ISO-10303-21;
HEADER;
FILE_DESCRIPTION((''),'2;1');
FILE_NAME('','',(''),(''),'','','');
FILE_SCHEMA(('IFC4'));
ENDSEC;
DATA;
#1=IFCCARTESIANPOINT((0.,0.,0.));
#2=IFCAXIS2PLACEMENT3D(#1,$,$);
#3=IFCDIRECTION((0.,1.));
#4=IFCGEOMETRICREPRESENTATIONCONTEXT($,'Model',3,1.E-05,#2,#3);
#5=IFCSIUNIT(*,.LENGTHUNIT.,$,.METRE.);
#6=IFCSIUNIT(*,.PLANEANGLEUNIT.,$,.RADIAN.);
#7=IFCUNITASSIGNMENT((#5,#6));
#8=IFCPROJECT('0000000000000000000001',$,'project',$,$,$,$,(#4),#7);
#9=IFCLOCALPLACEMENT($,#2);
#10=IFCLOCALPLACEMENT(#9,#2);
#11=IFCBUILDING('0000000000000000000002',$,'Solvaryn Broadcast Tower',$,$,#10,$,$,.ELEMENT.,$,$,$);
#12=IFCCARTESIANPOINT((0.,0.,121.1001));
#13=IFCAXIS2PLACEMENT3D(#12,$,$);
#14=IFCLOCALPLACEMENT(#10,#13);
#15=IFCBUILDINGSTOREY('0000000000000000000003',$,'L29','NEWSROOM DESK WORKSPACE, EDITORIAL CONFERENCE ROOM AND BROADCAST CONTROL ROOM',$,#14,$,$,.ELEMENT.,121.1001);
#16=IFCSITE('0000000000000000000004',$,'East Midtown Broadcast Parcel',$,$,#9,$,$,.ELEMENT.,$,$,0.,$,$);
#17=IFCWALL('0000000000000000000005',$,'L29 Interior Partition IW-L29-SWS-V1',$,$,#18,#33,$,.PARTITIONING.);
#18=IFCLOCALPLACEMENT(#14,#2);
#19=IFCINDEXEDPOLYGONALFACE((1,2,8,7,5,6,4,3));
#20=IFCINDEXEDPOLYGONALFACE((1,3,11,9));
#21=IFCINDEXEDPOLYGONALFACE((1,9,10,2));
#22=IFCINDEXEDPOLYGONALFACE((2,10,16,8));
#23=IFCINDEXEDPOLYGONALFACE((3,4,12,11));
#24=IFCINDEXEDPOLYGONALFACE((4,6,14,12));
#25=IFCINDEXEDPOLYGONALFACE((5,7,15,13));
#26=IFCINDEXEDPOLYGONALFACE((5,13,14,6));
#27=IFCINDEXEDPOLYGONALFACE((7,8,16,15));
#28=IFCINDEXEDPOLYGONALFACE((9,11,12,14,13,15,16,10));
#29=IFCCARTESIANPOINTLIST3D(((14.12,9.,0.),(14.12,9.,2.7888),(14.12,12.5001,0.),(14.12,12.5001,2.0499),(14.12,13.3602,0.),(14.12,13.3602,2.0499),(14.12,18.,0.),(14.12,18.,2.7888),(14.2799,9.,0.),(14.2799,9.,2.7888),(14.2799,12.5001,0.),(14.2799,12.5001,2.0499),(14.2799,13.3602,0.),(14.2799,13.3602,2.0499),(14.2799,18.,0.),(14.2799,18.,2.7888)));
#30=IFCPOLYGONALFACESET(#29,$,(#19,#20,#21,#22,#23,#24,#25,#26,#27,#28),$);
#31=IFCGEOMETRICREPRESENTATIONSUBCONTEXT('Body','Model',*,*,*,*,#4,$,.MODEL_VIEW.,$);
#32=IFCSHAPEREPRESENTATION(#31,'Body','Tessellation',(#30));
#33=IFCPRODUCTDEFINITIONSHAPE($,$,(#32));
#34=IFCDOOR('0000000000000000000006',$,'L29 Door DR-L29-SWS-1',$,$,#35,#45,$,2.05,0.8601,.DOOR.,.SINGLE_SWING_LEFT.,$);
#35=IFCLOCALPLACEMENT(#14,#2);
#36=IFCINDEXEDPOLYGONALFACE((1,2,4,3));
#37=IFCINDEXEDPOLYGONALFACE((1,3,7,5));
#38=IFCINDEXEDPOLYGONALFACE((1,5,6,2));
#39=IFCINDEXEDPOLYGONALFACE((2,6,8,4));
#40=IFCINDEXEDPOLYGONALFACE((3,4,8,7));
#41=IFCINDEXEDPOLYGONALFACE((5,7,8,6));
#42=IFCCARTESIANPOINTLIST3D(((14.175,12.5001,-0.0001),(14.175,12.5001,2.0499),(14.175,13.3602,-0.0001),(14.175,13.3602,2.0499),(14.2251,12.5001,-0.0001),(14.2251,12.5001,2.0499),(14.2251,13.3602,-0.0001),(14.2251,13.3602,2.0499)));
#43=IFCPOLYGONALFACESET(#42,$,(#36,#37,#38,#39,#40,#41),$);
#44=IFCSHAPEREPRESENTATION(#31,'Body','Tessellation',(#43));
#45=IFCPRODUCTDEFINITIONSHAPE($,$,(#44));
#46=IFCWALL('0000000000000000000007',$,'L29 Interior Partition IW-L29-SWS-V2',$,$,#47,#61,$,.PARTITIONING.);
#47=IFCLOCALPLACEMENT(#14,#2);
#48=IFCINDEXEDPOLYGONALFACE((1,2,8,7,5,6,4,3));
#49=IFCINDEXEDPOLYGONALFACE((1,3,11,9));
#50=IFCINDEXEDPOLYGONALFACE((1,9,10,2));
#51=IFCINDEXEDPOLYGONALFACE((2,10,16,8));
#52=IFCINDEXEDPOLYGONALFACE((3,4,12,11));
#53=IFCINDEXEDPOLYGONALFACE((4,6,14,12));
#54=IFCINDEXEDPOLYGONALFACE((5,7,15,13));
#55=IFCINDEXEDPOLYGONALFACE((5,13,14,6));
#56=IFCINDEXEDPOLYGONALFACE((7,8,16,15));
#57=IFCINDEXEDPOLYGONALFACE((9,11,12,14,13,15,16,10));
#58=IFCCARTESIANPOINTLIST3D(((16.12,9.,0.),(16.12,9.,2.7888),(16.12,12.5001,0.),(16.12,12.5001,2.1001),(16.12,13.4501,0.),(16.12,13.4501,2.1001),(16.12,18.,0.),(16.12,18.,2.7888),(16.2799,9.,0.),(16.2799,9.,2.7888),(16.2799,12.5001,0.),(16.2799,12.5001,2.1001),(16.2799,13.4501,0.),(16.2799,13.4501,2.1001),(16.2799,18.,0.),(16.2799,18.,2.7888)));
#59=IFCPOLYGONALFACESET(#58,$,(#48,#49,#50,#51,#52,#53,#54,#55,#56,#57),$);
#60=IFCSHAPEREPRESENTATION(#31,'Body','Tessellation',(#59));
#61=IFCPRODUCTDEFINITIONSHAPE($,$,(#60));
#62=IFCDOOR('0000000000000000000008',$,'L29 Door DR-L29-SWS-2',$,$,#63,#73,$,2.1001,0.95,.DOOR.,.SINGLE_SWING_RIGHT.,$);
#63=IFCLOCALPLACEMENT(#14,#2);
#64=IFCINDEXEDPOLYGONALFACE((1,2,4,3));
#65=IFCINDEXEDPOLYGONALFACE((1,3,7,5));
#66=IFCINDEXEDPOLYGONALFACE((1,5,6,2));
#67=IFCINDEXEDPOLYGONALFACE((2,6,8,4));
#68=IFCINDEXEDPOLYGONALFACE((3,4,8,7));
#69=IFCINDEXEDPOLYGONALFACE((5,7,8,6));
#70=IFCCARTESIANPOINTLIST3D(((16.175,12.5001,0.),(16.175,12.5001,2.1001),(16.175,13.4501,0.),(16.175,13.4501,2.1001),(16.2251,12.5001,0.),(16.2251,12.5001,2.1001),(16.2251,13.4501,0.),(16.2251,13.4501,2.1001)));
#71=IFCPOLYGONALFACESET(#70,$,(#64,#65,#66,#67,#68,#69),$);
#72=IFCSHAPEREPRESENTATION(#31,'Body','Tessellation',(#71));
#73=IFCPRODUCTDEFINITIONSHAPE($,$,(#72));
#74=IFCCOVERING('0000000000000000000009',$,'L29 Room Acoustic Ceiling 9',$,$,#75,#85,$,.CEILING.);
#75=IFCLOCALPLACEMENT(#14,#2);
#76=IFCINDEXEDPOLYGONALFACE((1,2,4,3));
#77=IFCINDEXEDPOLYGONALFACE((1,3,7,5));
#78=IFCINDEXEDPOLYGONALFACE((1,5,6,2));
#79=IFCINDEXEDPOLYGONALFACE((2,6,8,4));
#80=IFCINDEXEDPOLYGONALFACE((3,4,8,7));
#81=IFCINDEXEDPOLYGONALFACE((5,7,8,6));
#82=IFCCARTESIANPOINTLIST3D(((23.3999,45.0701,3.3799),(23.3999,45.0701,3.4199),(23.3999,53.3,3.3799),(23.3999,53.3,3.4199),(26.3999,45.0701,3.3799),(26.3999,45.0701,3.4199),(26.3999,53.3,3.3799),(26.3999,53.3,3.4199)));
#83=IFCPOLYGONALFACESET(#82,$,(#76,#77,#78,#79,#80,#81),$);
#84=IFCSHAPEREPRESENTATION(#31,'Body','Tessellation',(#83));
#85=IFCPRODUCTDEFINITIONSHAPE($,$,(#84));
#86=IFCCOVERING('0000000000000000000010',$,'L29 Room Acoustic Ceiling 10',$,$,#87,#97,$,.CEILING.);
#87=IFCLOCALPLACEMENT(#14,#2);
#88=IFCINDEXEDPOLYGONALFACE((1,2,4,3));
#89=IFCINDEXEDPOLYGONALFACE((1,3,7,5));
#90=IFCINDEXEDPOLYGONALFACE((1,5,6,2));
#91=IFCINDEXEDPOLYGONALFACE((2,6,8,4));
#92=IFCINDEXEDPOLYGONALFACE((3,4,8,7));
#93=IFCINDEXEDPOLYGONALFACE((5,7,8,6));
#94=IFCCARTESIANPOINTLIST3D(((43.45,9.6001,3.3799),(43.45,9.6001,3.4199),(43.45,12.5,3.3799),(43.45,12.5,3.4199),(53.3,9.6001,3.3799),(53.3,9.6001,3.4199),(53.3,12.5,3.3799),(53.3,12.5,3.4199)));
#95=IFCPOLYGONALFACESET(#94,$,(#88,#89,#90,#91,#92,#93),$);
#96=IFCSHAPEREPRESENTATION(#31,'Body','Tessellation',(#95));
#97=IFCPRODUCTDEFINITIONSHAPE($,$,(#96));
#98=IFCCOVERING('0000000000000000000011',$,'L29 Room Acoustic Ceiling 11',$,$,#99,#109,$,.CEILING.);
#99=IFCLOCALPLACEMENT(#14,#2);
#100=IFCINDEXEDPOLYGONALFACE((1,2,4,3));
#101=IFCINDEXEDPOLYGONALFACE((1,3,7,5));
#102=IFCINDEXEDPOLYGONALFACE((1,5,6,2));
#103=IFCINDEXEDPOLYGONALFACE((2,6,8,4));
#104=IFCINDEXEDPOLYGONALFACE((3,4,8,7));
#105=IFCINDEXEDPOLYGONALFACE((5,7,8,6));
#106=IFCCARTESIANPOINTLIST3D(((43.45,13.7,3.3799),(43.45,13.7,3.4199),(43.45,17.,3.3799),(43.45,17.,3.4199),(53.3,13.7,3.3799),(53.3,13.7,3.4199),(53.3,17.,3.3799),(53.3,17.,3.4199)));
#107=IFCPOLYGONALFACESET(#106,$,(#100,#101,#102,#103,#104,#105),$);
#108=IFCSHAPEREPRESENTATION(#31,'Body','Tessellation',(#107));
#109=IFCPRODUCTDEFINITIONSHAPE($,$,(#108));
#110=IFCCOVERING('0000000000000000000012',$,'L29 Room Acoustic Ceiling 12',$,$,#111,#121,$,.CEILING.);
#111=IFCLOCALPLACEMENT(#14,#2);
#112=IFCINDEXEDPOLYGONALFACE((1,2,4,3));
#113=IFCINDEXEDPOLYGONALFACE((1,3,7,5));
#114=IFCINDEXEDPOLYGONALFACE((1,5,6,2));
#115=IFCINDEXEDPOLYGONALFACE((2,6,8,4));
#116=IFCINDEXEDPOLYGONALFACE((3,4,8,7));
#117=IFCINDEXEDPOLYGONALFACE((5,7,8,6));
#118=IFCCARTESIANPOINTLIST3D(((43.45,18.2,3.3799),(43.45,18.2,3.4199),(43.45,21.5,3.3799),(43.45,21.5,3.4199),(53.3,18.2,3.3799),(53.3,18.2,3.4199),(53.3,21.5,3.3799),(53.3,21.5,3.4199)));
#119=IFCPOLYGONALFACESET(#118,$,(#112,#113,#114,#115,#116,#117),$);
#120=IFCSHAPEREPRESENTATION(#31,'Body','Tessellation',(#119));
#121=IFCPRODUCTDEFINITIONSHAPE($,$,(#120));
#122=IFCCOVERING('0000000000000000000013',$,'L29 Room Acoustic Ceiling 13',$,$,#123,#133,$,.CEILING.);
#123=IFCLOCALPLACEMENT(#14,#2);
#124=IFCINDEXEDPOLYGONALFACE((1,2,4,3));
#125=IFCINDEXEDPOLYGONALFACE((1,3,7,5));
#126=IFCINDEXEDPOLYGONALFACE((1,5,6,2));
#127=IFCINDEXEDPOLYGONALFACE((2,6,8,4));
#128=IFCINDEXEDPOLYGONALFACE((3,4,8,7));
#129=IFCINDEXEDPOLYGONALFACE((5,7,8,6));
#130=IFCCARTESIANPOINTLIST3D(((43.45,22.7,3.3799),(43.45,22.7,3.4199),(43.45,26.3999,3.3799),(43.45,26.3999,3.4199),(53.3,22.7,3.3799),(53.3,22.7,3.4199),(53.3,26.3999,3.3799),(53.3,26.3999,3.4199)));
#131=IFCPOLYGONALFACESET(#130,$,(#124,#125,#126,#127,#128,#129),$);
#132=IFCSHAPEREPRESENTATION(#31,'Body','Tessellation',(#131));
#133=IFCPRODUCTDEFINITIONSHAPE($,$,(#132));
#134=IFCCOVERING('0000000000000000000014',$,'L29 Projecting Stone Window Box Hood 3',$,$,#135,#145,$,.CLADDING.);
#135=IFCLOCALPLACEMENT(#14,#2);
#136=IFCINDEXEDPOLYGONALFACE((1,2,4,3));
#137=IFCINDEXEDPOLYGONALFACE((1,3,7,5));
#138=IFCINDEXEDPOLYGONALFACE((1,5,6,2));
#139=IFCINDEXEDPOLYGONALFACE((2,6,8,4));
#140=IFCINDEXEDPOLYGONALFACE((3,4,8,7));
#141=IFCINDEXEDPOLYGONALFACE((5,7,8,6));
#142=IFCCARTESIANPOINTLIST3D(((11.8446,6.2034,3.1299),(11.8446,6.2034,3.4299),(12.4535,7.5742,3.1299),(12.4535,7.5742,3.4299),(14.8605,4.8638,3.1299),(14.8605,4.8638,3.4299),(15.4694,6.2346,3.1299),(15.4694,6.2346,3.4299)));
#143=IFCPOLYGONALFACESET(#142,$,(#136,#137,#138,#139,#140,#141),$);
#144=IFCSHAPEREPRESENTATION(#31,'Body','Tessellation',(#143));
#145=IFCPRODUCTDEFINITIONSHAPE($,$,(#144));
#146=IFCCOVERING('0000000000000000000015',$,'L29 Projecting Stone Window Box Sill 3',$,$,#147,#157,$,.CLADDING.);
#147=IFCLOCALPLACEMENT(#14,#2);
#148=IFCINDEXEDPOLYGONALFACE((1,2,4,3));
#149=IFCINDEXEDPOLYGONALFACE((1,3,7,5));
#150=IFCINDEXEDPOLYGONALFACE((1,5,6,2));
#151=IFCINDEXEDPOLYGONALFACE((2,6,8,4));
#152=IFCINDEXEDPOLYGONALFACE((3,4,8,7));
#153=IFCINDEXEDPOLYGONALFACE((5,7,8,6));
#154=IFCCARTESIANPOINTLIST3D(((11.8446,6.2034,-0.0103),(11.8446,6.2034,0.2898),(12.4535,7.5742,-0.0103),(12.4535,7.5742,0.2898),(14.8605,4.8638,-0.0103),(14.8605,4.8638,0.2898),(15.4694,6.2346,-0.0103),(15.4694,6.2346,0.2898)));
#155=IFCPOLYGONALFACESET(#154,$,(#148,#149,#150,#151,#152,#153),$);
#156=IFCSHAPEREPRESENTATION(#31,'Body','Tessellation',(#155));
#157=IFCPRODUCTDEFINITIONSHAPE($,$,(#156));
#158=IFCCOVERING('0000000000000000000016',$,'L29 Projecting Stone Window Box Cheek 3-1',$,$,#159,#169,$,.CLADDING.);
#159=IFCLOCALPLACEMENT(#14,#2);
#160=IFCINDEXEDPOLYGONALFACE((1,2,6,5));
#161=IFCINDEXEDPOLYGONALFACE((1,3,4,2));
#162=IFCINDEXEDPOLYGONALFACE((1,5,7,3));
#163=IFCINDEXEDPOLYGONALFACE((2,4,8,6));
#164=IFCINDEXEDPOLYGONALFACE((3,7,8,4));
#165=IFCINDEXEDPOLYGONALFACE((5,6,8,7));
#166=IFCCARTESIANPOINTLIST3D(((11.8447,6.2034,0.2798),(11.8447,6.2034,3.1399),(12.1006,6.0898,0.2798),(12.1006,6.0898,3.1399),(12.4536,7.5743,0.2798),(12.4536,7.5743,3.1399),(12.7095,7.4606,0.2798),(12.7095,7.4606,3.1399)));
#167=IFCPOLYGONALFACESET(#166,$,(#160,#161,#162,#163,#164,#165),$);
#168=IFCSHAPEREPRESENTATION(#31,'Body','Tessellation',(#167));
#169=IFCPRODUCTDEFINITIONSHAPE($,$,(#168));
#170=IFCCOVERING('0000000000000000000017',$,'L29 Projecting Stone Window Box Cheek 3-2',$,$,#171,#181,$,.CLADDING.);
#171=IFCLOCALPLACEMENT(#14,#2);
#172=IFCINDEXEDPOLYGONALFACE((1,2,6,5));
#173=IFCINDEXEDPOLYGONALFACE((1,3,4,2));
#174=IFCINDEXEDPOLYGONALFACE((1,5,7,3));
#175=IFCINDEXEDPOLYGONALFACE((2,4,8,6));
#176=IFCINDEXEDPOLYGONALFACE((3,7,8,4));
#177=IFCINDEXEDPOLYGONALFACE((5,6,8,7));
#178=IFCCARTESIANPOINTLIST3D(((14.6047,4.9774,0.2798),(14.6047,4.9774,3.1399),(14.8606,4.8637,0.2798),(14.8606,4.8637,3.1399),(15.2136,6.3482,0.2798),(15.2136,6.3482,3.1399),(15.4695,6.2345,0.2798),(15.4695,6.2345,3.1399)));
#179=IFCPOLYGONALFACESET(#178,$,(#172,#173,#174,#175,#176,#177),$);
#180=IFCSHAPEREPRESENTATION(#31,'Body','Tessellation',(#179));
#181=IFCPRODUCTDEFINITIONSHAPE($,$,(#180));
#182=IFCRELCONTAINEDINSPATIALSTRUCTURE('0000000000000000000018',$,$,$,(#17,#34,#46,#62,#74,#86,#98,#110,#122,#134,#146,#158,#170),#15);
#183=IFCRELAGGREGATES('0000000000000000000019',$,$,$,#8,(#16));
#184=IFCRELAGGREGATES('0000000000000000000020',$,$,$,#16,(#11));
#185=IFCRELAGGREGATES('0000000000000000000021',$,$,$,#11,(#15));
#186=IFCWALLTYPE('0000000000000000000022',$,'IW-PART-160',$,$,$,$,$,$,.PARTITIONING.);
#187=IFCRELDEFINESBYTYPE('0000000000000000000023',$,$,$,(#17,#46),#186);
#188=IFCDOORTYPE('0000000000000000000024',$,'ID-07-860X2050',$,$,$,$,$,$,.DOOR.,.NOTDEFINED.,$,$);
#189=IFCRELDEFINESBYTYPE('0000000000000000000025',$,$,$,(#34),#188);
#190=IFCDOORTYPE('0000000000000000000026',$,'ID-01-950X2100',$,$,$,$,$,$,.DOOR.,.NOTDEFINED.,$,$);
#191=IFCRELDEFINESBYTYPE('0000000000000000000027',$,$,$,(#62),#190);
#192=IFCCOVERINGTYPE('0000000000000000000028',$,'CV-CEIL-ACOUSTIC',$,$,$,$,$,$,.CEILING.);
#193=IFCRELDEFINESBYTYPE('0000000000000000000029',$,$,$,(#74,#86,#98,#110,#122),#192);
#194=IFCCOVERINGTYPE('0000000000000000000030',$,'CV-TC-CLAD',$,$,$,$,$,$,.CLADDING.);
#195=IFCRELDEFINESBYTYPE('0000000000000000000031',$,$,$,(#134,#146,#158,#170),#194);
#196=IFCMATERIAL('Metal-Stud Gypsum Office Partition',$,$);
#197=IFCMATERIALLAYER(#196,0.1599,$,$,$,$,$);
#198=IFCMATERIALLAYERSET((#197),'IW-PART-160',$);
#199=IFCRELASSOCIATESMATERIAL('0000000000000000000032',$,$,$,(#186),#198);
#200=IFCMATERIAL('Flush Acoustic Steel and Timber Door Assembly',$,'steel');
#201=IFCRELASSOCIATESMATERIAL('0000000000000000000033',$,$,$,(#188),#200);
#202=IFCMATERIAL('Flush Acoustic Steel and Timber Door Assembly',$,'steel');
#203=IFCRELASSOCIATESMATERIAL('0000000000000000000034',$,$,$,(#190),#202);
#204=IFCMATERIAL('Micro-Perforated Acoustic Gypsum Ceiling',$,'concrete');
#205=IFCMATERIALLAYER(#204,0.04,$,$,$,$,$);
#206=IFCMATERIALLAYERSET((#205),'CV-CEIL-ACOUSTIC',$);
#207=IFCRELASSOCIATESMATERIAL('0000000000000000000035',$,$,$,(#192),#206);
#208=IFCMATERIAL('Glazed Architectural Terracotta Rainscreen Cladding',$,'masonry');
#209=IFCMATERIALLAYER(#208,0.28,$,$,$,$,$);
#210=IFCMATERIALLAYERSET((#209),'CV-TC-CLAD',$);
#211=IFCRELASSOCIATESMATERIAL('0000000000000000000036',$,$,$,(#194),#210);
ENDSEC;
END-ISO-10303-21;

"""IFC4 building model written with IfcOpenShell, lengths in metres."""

from ifc_helpers import new_model, si_unit, direction, frame, frame_2d, origin, origin_2d, place, context, subcontext, project, spatial, polyline, rectangle, outline, extrude, material, layer, layer_set, type_object, element, fill, save


model = new_model("IFC4")

# Units and contexts
model_context = context("Model", 3, precision=1e-05, world=origin(), true_north=direction((0.0, 1.0)))
body_context = subcontext(model_context, "Body", "Model", "MODEL_VIEW")
ifc_project = project(units=[si_unit("LENGTHUNIT", "METRE"), si_unit("PLANEANGLEUNIT", "RADIAN")], contexts=[model_context])

# Site, building, storey
site_placement = place(None, origin())
site = spatial("IfcSite", under=ifc_project, at=site_placement, Name="East Midtown Broadcast Parcel", CompositionType="ELEMENT", RefElevation=0.0)
building_placement = place(site_placement, origin())
building = spatial("IfcBuilding", under=site, at=building_placement, Name="Solvaryn Broadcast Tower", CompositionType="ELEMENT")
storey_placement = place(building_placement, frame((0.0, 0.0, 121.1001)))
storey = spatial("IfcBuildingStorey", under=building, at=storey_placement, Name="L29", Description="NEWSROOM DESK WORKSPACE, EDITORIAL CONFERENCE ROOM AND BROADCAST CONTROL ROOM", CompositionType="ELEMENT", Elevation=121.1001)

# Walls, openings, doors
ifc_material_1 = material(Name="Metal-Stud Gypsum Office Partition")
ifc_layer_1 = layer(ifc_material_1, 0.1599)
ifc_layer_set_1 = layer_set([ifc_layer_1], Name="IW-PART-160")
wall_type = type_object("IfcWallType", Name="IW-PART-160", PredefinedType="PARTITIONING", material=ifc_layer_set_1)
wall_1_placement = place(storey_placement, frame((14.2, 9.0, 0.0), z_axis=(0.0, 0.0, 1.0), x_axis=(0.0, 1.0, 0.0)))
wall_1 = element("IfcWall", 1, at=wall_1_placement, inside=storey, type_object=wall_type, Name="L29 Interior Partition IW-L29-SWS-V1", PredefinedType="PARTITIONING", context=body_context, shape_type="SweptSolid", body=[
    extrude(rectangle(XDim=9.0, YDim=0.1599, at=frame_2d((4.5, 0.0))), origin(), (0.0, 0.0, 1.0), 2.7888),
])
opening_1_placement = place(wall_1_placement, frame((3.5, 0.0, 0.0)))
opening_1 = element("IfcOpeningElement", 2, at=opening_1_placement, cuts=wall_1, PredefinedType="OPENING", context=body_context, shape_type="SweptSolid", body=[
    extrude(rectangle(XDim=0.8601, YDim=2.05, at=frame_2d((0.4302, 1.0249))), frame((0.0, 0.0901, 0.0), z_axis=(0.0, -1.0, 0.0), x_axis=(1.0, 0.0, 0.0)), (0.0, 0.0, 1.0), 0.1799),
])
ifc_material_2 = material(Name="Flush Acoustic Steel and Timber Door Assembly", Category="steel")
door_type_1 = type_object("IfcDoorType", Name="ID-07-860X2050", OperationType="NOTDEFINED", PredefinedType="DOOR", material=ifc_material_2)
door_1_placement = place(opening_1_placement, origin())
door_1 = element("IfcDoor", 3, at=door_1_placement, inside=storey, type_object=door_type_1, Name="L29 Door DR-L29-SWS-1", OperationType="SINGLE_SWING_LEFT", OverallHeight=2.05, OverallWidth=0.8601, PredefinedType="DOOR", context=body_context, shape_type="SweptSolid", body=[
    extrude(rectangle(XDim=0.8601, YDim=2.05, at=frame_2d((0.4302, 1.0249))), frame((0.0, 0.0249, 0.0), z_axis=(0.0, -1.0, 0.0), x_axis=(1.0, 0.0, 0.0)), (0.0, 0.0, 1.0), 0.05),
])
fill(opening_1, door_1)
wall_2_placement = place(storey_placement, frame((16.2, 9.0, 0.0), z_axis=(0.0, 0.0, 1.0), x_axis=(0.0, 1.0, 0.0)))
wall_2 = element("IfcWall", 4, at=wall_2_placement, inside=storey, type_object=wall_type, Name="L29 Interior Partition IW-L29-SWS-V2", PredefinedType="PARTITIONING", context=body_context, shape_type="SweptSolid", body=[
    extrude(rectangle(XDim=9.0, YDim=0.1599, at=frame_2d((4.5, 0.0))), origin(), (0.0, 0.0, 1.0), 2.7888),
])
opening_2_placement = place(wall_2_placement, frame((3.5, 0.0, 0.0)))
opening_2 = element("IfcOpeningElement", 5, at=opening_2_placement, cuts=wall_2, PredefinedType="OPENING", context=body_context, shape_type="SweptSolid", body=[
    extrude(rectangle(XDim=0.95, YDim=2.1001, at=frame_2d((0.4751, 1.05))), frame((0.0, 0.0901, 0.0), z_axis=(0.0, -1.0, 0.0), x_axis=(1.0, 0.0, 0.0)), (0.0, 0.0, 1.0), 0.1799),
])
ifc_material_3 = material(Name="Flush Acoustic Steel and Timber Door Assembly", Category="steel")
door_type_2 = type_object("IfcDoorType", Name="ID-01-950X2100", OperationType="NOTDEFINED", PredefinedType="DOOR", material=ifc_material_3)
door_2_placement = place(opening_2_placement, origin())
door_2 = element("IfcDoor", 6, at=door_2_placement, inside=storey, type_object=door_type_2, Name="L29 Door DR-L29-SWS-2", OperationType="SINGLE_SWING_RIGHT", OverallHeight=2.1001, OverallWidth=0.95, PredefinedType="DOOR", context=body_context, shape_type="SweptSolid", body=[
    extrude(rectangle(XDim=0.95, YDim=2.1001, at=frame_2d((0.4751, 1.05))), frame((0.0, 0.0249, 0.0), z_axis=(0.0, -1.0, 0.0), x_axis=(1.0, 0.0, 0.0)), (0.0, 0.0, 1.0), 0.05),
])
fill(opening_2, door_2)

# Coverings
ifc_material_4 = material(Name="Micro-Perforated Acoustic Gypsum Ceiling", Category="concrete")
ifc_layer_2 = layer(ifc_material_4, 0.04)
ifc_layer_set_2 = layer_set([ifc_layer_2], Name="CV-CEIL-ACOUSTIC")
covering_type_1 = type_object("IfcCoveringType", Name="CV-CEIL-ACOUSTIC", PredefinedType="CEILING", material=ifc_layer_set_2)
covering_1_placement = place(storey_placement, frame((0.0, 0.0, 3.3799)))
element("IfcCovering", 7, at=covering_1_placement, inside=storey, type_object=covering_type_1, Name="L29 Room Acoustic Ceiling 9", PredefinedType="CEILING", context=body_context, shape_type="SweptSolid", body=[
    extrude(outline(polyline([(23.3999, 45.0701), (26.3999, 45.0701), (26.3999, 53.3), (23.3999, 53.3), (23.3999, 45.0701)])), origin(), (0.0, 0.0, 1.0), 0.04),
])
covering_2_placement = place(storey_placement, frame((0.0, 0.0, 3.3799)))
element("IfcCovering", 8, at=covering_2_placement, inside=storey, type_object=covering_type_1, Name="L29 Room Acoustic Ceiling 10", PredefinedType="CEILING", context=body_context, shape_type="SweptSolid", body=[
    extrude(outline(polyline([(43.45, 9.6001), (53.3, 9.6001), (53.3, 12.5), (43.45, 12.5), (43.45, 9.6001)])), origin(), (0.0, 0.0, 1.0), 0.04),
])
covering_3_placement = place(storey_placement, frame((0.0, 0.0, 3.3799)))
element("IfcCovering", 9, at=covering_3_placement, inside=storey, type_object=covering_type_1, Name="L29 Room Acoustic Ceiling 11", PredefinedType="CEILING", context=body_context, shape_type="SweptSolid", body=[
    extrude(outline(polyline([(43.45, 13.7), (53.3, 13.7), (53.3, 17.0), (43.45, 17.0), (43.45, 13.7)])), origin(), (0.0, 0.0, 1.0), 0.04),
])
covering_4_placement = place(storey_placement, frame((0.0, 0.0, 3.3799)))
element("IfcCovering", 10, at=covering_4_placement, inside=storey, type_object=covering_type_1, Name="L29 Room Acoustic Ceiling 12", PredefinedType="CEILING", context=body_context, shape_type="SweptSolid", body=[
    extrude(outline(polyline([(43.45, 18.2), (53.3, 18.2), (53.3, 21.5), (43.45, 21.5), (43.45, 18.2)])), origin(), (0.0, 0.0, 1.0), 0.04),
])
covering_5_placement = place(storey_placement, frame((0.0, 0.0, 3.3799)))
element("IfcCovering", 11, at=covering_5_placement, inside=storey, type_object=covering_type_1, Name="L29 Room Acoustic Ceiling 13", PredefinedType="CEILING", context=body_context, shape_type="SweptSolid", body=[
    extrude(outline(polyline([(43.45, 22.7), (53.3, 22.7), (53.3, 26.3999), (43.45, 26.3999), (43.45, 22.7)])), origin(), (0.0, 0.0, 1.0), 0.04),
])
ifc_material_5 = material(Name="Glazed Architectural Terracotta Rainscreen Cladding", Category="masonry")
ifc_layer_3 = layer(ifc_material_5, 0.28)
ifc_layer_set_3 = layer_set([ifc_layer_3], Name="CV-TC-CLAD")
covering_type_2 = type_object("IfcCoveringType", Name="CV-TC-CLAD", PredefinedType="CLADDING", material=ifc_layer_set_3)
for number, where, z_axis, x_axis, name in (
    (12, (13.657, 6.219, 3.1299), (0.0, 0.0, 1.0), (0.9139, -0.405939, 0.0), "L29 Projecting Stone Window Box Hood 3"),
    (13, (13.657, 6.219, -0.0103), (0.0, 0.0, 1.0), (0.9139, -0.405939, 0.0), "L29 Projecting Stone Window Box Sill 3"),
):
    element("IfcCovering", number, at=place(storey_placement, frame(where, z_axis=z_axis, x_axis=x_axis)), inside=storey, type_object=covering_type_2, Name=name, PredefinedType="CLADDING", context=body_context, shape_type="SweptSolid", body=[
        extrude(rectangle(XDim=3.3, YDim=1.5, at=origin_2d()), origin(), (0.0, 0.0, 1.0), 0.3),
    ])
for number, where, z_axis, x_axis, name in (
    (14, (12.2771, 6.832, 0.2798), (0.0, 0.0, 1.0), (0.9139, -0.405939, 0.0), "L29 Projecting Stone Window Box Cheek 3-1"),
    (15, (15.0371, 5.606, 0.2798), (0.0, 0.0, 1.0), (0.9139, -0.405939, 0.0), "L29 Projecting Stone Window Box Cheek 3-2"),
):
    element("IfcCovering", number, at=place(storey_placement, frame(where, z_axis=z_axis, x_axis=x_axis)), inside=storey, type_object=covering_type_2, Name=name, PredefinedType="CLADDING", context=body_context, shape_type="SweptSolid", body=[
        extrude(rectangle(XDim=0.28, YDim=1.5, at=origin_2d()), origin(), (0.0, 0.0, 1.0), 2.8601),
    ])

save(model, "model.ifc")
